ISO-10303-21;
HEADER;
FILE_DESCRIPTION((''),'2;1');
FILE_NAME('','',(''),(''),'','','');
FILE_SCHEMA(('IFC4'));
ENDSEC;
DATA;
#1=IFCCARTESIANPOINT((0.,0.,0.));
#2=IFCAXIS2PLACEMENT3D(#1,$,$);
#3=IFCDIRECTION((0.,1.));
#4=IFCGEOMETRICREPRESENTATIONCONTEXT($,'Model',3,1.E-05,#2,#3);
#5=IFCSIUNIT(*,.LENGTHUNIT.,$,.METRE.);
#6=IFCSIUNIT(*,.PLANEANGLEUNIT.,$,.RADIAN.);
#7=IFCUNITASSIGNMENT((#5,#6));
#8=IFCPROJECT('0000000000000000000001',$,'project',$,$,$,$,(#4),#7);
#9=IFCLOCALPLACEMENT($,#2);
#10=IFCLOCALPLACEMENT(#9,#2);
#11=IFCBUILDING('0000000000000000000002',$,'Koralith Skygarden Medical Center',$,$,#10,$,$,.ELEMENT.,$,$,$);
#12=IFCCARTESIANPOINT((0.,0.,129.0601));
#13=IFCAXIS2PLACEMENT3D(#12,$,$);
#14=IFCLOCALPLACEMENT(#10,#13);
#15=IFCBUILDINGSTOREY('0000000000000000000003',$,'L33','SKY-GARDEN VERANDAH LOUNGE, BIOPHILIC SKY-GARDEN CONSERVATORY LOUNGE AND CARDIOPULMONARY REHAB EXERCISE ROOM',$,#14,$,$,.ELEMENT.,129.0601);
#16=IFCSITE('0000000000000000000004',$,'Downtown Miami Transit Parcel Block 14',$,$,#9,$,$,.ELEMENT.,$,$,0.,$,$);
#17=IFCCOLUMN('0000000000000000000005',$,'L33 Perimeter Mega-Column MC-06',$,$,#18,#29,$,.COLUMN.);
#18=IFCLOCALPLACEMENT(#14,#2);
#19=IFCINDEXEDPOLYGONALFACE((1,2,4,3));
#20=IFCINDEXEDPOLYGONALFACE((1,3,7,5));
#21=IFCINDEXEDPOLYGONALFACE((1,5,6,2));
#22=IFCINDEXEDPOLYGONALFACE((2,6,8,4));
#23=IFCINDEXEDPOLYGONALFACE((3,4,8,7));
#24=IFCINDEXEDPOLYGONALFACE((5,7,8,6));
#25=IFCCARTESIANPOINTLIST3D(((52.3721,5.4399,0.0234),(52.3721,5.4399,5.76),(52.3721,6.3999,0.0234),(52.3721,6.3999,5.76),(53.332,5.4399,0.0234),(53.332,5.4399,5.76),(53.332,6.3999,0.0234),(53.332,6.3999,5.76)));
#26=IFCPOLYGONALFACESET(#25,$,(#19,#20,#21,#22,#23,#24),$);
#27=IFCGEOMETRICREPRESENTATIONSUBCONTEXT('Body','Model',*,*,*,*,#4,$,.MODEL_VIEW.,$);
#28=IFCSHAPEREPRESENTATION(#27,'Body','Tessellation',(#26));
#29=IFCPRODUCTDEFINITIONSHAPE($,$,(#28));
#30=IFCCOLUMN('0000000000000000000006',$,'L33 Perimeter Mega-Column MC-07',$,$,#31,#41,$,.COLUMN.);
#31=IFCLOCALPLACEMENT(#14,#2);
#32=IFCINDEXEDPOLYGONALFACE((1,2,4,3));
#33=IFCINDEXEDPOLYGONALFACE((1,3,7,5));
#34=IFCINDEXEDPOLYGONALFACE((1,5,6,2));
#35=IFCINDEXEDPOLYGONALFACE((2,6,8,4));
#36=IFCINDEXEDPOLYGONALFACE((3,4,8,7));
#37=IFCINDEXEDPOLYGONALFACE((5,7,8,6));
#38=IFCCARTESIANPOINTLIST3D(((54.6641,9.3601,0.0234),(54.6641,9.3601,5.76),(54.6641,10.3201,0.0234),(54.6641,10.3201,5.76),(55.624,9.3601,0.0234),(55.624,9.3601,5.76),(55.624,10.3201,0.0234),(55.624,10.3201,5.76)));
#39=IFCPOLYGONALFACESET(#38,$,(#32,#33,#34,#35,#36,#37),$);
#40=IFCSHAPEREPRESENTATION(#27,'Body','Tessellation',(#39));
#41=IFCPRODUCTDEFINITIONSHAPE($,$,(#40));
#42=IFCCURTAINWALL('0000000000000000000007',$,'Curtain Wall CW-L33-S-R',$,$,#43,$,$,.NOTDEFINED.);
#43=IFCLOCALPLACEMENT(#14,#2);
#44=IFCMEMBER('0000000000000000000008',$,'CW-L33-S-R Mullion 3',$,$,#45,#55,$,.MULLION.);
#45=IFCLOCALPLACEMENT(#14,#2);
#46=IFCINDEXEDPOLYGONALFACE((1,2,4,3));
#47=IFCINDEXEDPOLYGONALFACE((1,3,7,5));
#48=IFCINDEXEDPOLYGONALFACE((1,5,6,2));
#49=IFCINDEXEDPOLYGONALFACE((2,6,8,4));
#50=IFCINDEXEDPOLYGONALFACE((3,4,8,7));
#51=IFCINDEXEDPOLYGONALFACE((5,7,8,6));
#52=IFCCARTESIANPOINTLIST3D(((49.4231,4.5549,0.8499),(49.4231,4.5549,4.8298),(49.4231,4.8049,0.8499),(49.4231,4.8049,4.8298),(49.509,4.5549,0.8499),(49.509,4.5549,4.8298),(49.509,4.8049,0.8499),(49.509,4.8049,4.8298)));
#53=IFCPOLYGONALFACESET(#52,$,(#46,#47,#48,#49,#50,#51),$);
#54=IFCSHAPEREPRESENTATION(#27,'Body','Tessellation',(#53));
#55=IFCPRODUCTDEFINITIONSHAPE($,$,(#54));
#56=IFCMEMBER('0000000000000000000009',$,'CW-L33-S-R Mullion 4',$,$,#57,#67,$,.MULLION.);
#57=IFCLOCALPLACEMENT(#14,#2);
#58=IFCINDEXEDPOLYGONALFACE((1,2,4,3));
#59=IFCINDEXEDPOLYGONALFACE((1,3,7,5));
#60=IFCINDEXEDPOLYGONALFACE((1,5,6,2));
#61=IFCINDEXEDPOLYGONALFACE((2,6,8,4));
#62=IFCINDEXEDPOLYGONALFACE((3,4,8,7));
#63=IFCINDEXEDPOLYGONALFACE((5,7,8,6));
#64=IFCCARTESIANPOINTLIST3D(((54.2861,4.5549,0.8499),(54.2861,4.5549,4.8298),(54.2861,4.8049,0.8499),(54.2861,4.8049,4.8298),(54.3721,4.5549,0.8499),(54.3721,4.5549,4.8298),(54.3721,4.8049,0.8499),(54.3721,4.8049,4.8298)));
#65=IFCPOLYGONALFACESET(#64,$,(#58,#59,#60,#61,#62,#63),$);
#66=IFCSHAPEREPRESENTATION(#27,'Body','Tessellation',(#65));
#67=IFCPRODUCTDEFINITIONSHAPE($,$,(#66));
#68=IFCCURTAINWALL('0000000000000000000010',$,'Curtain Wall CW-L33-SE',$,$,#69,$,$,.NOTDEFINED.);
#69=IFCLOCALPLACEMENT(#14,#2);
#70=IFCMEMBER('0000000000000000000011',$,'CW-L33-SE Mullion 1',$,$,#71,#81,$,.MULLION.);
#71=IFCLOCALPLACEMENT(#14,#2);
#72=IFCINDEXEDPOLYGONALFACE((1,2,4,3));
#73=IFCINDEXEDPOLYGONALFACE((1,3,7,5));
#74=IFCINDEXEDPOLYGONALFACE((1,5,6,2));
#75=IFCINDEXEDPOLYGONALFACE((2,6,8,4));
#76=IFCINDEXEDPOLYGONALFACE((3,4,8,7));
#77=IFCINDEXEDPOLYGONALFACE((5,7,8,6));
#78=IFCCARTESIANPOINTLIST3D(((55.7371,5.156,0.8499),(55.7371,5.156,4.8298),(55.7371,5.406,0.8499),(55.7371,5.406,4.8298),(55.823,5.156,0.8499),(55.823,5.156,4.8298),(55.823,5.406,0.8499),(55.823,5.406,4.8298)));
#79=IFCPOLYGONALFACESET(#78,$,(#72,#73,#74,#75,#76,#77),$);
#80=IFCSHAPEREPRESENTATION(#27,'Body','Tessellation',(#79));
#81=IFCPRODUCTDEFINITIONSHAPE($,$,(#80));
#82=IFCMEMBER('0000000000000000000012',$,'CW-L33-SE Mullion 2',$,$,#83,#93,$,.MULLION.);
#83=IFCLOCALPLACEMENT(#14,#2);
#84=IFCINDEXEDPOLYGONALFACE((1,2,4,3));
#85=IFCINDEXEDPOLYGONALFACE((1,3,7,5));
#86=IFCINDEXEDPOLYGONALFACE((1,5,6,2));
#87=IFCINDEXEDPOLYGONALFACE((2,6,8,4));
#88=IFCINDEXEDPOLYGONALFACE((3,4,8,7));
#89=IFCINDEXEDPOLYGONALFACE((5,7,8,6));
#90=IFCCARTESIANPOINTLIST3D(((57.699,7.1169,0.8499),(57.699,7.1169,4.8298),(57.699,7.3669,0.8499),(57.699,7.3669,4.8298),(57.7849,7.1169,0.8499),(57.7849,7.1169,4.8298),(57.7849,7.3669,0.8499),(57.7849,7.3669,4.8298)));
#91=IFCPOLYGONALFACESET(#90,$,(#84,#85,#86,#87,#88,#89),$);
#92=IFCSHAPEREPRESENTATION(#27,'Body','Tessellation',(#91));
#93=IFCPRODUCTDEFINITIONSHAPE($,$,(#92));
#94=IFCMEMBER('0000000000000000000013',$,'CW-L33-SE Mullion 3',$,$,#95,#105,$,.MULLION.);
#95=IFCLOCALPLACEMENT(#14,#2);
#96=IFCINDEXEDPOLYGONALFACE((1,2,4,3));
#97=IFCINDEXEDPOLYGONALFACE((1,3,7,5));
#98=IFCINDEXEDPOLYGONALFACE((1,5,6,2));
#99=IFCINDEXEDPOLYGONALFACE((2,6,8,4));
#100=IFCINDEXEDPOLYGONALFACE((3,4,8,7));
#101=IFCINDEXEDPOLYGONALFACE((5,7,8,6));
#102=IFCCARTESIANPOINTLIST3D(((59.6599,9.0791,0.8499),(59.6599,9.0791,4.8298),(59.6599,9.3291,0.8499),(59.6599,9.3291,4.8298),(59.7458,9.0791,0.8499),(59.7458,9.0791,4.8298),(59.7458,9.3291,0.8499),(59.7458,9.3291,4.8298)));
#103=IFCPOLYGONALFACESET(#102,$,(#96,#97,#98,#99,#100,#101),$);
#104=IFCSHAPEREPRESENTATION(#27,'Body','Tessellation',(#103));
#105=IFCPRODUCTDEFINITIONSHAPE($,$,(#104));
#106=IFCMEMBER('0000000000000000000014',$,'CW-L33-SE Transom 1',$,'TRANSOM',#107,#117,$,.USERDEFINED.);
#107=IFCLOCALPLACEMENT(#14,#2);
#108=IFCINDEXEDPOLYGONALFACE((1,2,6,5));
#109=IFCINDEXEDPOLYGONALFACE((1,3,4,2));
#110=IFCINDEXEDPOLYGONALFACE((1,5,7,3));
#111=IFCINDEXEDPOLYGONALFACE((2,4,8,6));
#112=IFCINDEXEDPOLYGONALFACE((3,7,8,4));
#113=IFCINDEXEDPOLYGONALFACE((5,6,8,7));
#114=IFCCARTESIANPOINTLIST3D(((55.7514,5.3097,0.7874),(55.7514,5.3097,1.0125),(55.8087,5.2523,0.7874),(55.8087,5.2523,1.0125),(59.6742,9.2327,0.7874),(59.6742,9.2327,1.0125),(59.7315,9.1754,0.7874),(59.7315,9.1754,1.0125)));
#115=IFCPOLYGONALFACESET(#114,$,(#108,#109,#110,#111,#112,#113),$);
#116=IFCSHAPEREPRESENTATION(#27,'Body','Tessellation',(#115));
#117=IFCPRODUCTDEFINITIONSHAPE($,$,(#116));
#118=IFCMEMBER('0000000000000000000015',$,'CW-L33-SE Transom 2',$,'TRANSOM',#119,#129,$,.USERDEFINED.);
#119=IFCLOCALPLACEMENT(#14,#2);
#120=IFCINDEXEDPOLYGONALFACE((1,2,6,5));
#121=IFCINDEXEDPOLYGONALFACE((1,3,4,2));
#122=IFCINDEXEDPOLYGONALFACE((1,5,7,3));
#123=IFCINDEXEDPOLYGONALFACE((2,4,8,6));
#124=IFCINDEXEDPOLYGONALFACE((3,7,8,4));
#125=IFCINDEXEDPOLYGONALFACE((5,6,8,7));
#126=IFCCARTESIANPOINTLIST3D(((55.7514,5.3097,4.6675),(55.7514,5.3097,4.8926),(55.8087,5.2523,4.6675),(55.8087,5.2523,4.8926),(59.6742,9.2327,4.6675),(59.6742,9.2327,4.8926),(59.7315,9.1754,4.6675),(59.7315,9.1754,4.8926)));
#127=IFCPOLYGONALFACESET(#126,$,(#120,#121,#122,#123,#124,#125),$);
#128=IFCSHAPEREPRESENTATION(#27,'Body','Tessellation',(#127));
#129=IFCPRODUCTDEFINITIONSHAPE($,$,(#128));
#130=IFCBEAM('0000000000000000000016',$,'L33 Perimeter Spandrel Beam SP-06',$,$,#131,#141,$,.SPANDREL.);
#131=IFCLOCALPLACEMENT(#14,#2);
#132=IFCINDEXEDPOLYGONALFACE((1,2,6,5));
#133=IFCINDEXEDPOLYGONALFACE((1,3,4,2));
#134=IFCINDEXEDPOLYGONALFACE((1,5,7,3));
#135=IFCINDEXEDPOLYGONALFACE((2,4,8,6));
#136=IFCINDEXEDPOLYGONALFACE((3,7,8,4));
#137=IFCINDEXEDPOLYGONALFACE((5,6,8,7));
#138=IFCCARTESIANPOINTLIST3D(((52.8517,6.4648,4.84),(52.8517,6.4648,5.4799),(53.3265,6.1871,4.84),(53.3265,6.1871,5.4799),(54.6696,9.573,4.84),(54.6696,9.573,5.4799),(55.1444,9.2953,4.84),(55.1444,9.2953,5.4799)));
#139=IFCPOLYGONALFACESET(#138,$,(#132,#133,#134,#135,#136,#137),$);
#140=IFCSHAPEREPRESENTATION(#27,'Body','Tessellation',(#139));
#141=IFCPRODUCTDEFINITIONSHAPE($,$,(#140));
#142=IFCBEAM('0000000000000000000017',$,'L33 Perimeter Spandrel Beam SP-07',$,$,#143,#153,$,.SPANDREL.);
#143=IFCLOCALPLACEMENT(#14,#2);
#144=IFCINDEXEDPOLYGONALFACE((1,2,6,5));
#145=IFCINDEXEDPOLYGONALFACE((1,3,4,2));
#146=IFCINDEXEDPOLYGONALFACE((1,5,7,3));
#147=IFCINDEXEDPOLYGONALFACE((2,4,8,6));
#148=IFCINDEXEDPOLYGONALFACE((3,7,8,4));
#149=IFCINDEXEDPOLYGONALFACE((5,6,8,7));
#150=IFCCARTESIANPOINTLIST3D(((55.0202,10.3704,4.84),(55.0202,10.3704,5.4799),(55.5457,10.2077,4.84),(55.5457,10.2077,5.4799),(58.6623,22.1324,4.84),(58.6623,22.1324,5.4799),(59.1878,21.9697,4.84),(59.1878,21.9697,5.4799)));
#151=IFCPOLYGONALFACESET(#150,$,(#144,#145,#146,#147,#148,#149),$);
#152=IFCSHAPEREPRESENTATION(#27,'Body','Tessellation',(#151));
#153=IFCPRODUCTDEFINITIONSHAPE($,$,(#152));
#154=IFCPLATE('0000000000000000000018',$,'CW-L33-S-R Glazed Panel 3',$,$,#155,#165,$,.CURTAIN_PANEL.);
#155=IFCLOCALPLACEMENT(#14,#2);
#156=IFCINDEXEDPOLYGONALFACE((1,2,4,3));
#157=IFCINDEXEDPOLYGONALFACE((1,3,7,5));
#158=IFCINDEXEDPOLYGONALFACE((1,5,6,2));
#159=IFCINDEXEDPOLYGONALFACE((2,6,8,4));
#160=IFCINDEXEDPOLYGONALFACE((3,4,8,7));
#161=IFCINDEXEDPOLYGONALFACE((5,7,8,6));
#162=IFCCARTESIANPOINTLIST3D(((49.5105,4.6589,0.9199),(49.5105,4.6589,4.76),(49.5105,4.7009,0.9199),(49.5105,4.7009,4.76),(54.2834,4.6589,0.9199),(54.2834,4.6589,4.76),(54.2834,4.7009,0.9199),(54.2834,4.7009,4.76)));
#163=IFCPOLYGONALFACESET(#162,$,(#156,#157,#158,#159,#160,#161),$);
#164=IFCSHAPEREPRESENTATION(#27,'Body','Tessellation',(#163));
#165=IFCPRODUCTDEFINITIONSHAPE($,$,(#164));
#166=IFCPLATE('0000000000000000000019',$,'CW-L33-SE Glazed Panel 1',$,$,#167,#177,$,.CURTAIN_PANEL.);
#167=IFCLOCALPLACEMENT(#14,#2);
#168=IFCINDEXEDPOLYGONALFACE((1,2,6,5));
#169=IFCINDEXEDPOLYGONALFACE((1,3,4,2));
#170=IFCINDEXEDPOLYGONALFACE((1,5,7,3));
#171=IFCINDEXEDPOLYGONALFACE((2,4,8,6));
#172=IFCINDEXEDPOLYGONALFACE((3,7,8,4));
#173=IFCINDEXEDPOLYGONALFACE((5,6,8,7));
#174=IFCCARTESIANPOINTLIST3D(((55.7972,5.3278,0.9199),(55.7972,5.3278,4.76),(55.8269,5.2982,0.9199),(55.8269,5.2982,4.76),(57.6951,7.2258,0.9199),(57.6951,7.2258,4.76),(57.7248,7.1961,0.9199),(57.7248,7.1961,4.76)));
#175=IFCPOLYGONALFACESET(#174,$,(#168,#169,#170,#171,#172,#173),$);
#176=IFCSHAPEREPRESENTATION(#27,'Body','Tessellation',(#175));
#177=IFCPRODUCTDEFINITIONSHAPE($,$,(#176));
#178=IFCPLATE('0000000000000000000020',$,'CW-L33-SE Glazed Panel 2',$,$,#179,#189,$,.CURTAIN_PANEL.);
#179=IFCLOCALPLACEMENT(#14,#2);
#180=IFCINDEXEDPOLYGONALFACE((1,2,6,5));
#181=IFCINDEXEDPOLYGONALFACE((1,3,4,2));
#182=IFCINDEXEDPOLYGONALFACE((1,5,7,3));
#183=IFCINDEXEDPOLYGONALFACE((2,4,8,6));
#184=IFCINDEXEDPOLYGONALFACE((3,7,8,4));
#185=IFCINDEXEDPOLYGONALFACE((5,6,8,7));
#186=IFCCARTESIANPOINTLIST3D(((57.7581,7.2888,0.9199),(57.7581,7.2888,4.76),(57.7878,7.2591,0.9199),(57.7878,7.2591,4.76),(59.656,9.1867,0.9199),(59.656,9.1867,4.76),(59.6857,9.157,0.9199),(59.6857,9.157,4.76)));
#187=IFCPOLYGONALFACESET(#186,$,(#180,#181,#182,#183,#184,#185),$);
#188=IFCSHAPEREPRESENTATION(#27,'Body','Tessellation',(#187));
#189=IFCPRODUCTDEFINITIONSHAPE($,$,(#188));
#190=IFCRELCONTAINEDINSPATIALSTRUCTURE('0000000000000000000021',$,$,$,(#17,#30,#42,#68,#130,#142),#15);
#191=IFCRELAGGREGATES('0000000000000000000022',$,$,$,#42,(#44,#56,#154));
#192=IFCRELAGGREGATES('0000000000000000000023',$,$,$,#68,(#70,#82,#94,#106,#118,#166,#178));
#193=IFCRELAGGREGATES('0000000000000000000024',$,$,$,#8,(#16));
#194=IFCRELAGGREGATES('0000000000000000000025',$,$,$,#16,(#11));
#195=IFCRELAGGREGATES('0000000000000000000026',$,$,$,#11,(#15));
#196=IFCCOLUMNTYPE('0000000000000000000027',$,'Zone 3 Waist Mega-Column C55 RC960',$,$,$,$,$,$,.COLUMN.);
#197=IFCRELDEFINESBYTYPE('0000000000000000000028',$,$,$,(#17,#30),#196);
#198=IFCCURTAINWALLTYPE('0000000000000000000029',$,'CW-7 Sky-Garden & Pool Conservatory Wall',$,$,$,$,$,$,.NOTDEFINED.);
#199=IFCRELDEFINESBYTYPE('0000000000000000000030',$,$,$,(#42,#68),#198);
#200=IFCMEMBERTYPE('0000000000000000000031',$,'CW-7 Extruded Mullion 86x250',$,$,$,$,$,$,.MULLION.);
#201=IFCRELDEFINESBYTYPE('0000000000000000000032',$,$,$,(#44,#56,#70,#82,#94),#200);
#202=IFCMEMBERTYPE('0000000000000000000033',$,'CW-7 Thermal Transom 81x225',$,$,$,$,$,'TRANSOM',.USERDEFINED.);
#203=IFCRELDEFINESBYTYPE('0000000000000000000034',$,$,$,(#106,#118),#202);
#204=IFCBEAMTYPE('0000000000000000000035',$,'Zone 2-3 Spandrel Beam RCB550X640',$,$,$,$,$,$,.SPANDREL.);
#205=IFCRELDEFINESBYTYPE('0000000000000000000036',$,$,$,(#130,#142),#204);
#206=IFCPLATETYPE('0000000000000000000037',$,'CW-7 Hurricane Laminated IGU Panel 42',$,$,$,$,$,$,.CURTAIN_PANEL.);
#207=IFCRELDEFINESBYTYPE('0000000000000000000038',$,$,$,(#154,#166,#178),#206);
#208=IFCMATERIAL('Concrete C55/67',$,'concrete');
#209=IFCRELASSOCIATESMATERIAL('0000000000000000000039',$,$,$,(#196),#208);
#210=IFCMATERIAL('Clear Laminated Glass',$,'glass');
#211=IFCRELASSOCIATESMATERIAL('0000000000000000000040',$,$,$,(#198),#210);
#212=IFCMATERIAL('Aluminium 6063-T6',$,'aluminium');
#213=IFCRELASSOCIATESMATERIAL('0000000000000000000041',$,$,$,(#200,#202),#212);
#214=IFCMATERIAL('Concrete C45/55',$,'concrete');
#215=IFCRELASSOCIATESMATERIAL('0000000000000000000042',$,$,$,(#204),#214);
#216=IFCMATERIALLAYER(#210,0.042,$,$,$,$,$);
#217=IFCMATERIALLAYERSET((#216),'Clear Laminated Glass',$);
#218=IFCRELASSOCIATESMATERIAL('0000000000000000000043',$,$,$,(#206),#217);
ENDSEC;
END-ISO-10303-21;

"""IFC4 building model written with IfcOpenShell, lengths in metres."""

from ifc_helpers import new_model, si_unit, direction, frame, origin, origin_2d, place, context, subcontext, project, spatial, rectangle, extrude, material, layer, layer_set, material_profile, profile_set, type_object, element, aggregate, save


model = new_model("IFC4")

# Units and contexts
model_context = context("Model", 3, precision=1e-05, world=origin(), true_north=direction((0.0, 1.0)))
body_context = subcontext(model_context, "Body", "Model", "MODEL_VIEW")
ifc_project = project(units=[si_unit("LENGTHUNIT", "METRE"), si_unit("PLANEANGLEUNIT", "RADIAN")], contexts=[model_context])

# Site, building, storey
site_placement = place(None, origin())
site = spatial("IfcSite", under=ifc_project, at=site_placement, Name="Downtown Miami Transit Parcel Block 14", CompositionType="ELEMENT", RefElevation=0.0)
building_placement = place(site_placement, origin())
building = spatial("IfcBuilding", under=site, at=building_placement, Name="Koralith Skygarden Medical Center", CompositionType="ELEMENT")
storey_placement = place(building_placement, frame((0.0, 0.0, 129.0601)))
storey = spatial("IfcBuildingStorey", under=building, at=storey_placement, Name="L33", Description="SKY-GARDEN VERANDAH LOUNGE, BIOPHILIC SKY-GARDEN CONSERVATORY LOUNGE AND CARDIOPULMONARY REHAB EXERCISE ROOM", CompositionType="ELEMENT", Elevation=129.0601)

# Columns
ifc_material_1 = material(Name="Concrete C55/67", Category="concrete")
ifc_material_profile_1 = material_profile(ifc_material_1, rectangle(XDim=0.96, YDim=0.96, at=origin_2d()), Name="RC960X960")
ifc_profile_set_1 = profile_set([ifc_material_profile_1], Name="Concrete C55/67")
column_type = type_object("IfcColumnType", Name="Zone 3 Waist Mega-Column C55 RC960", PredefinedType="COLUMN", material=ifc_profile_set_1)
for number, where, z_axis, x_axis, name in (
    (1, (52.8521, 5.9199, 0.0234), (0.0, 0.0, 1.0), (1.0, 0.0, 0.0), "L33 Perimeter Mega-Column MC-06"),
    (2, (55.144, 9.8401, 0.0234), (0.0, 0.0, 1.0), (1.0, 0.0, 0.0), "L33 Perimeter Mega-Column MC-07"),
):
    element("IfcColumn", number, at=place(storey_placement, frame(where, z_axis=z_axis, x_axis=x_axis)), inside=storey, type_object=column_type, Name=name, PredefinedType="COLUMN", context=body_context, shape_type="SweptSolid", body=[
        extrude(rectangle(XDim=0.96, YDim=0.96, at=origin_2d()), origin(), (0.0, 0.0, 1.0), 5.7366),
    ])

# Curtain walls, members
ifc_material_2 = material(Name="Clear Laminated Glass", Category="glass")
curtain_wall_type = type_object("IfcCurtainWallType", Name="CW-7 Sky-Garden & Pool Conservatory Wall", PredefinedType="NOTDEFINED", material=ifc_material_2)
curtain_wall_1_placement = place(storey_placement, origin())
curtain_wall_1 = element("IfcCurtainWall", 3, at=curtain_wall_1_placement, inside=storey, type_object=curtain_wall_type, Name="Curtain Wall CW-L33-S-R", PredefinedType="NOTDEFINED")
ifc_material_3 = material(Name="Aluminium 6063-T6", Category="aluminium")
ifc_material_profile_2 = material_profile(ifc_material_3, rectangle(XDim=0.0859, YDim=0.25, at=origin_2d()), Name="MUL86X250")
ifc_profile_set_2 = profile_set([ifc_material_profile_2], Name="Aluminium 6063-T6")
member_type_1 = type_object("IfcMemberType", Name="CW-7 Extruded Mullion 86x250", PredefinedType="MULLION", material=ifc_profile_set_2)
member_1_placement = place(storey_placement, frame((49.4661, 4.6799, 0.8499), z_axis=(0.0, 0.0, 1.0), x_axis=(1.0, 0.0, 0.0)))
member_1 = element("IfcMember", 4, at=member_1_placement, type_object=member_type_1, Name="CW-L33-S-R Mullion 3", PredefinedType="MULLION", context=body_context, shape_type="SweptSolid", body=[
    extrude(rectangle(XDim=0.0859, YDim=0.25, at=origin_2d()), origin(), (0.0, 0.0, 1.0), 3.98),
])
member_2_placement = place(storey_placement, frame((54.3291, 4.6799, 0.8499), z_axis=(0.0, 0.0, 1.0), x_axis=(1.0, 0.0, 0.0)))
member_2 = element("IfcMember", 5, at=member_2_placement, type_object=member_type_1, Name="CW-L33-S-R Mullion 4", PredefinedType="MULLION", context=body_context, shape_type="SweptSolid", body=[
    extrude(rectangle(XDim=0.0859, YDim=0.25, at=origin_2d()), origin(), (0.0, 0.0, 1.0), 3.98),
])
curtain_wall_2_placement = place(storey_placement, origin())
curtain_wall_2 = element("IfcCurtainWall", 6, at=curtain_wall_2_placement, inside=storey, type_object=curtain_wall_type, Name="Curtain Wall CW-L33-SE", PredefinedType="NOTDEFINED")
member_3_placement = place(storey_placement, frame((55.78, 5.281, 0.8499), z_axis=(0.0, 0.0, 1.0), x_axis=(1.0, 0.0, 0.0)))
member_3 = element("IfcMember", 7, at=member_3_placement, type_object=member_type_1, Name="CW-L33-SE Mullion 1", PredefinedType="MULLION", context=body_context, shape_type="SweptSolid", body=[
    extrude(rectangle(XDim=0.0859, YDim=0.25, at=origin_2d()), origin(), (0.0, 0.0, 1.0), 3.98),
])
member_4_placement = place(storey_placement, frame((57.7419, 7.2419, 0.8499), z_axis=(0.0, 0.0, 1.0), x_axis=(1.0, 0.0, 0.0)))
member_4 = element("IfcMember", 8, at=member_4_placement, type_object=member_type_1, Name="CW-L33-SE Mullion 2", PredefinedType="MULLION", context=body_context, shape_type="SweptSolid", body=[
    extrude(rectangle(XDim=0.0859, YDim=0.25, at=origin_2d()), origin(), (0.0, 0.0, 1.0), 3.98),
])
member_5_placement = place(storey_placement, frame((59.7029, 9.2041, 0.8499), z_axis=(0.0, 0.0, 1.0), x_axis=(1.0, 0.0, 0.0)))
member_5 = element("IfcMember", 9, at=member_5_placement, type_object=member_type_1, Name="CW-L33-SE Mullion 3", PredefinedType="MULLION", context=body_context, shape_type="SweptSolid", body=[
    extrude(rectangle(XDim=0.0859, YDim=0.25, at=origin_2d()), origin(), (0.0, 0.0, 1.0), 3.98),
])
ifc_material_profile_3 = material_profile(ifc_material_3, rectangle(XDim=0.0811, YDim=0.2251, at=origin_2d()), Name="TRN81X225")
ifc_profile_set_3 = profile_set([ifc_material_profile_3], Name="Aluminium 6063-T6")
member_type_2 = type_object("IfcMemberType", Name="CW-7 Thermal Transom 81x225", ElementType="TRANSOM", PredefinedType="USERDEFINED", material=ifc_profile_set_3)
member_6_placement = place(storey_placement, frame((55.78, 5.281, 0.8999), z_axis=(0.707085, 0.707129, 0.0), x_axis=(-0.707129, 0.707085, 0.0)))
member_6 = element("IfcMember", 10, at=member_6_placement, type_object=member_type_2, Name="CW-L33-SE Transom 1", ObjectType="TRANSOM", PredefinedType="USERDEFINED", context=body_context, shape_type="SweptSolid", body=[
    extrude(rectangle(XDim=0.0811, YDim=0.2251, at=origin_2d()), origin(), (0.0, 0.0, 1.0), 5.5479),
])
member_7_placement = place(storey_placement, frame((55.78, 5.281, 4.78), z_axis=(0.707085, 0.707129, 0.0), x_axis=(-0.707129, 0.707085, 0.0)))
member_7 = element("IfcMember", 11, at=member_7_placement, type_object=member_type_2, Name="CW-L33-SE Transom 2", ObjectType="TRANSOM", PredefinedType="USERDEFINED", context=body_context, shape_type="SweptSolid", body=[
    extrude(rectangle(XDim=0.0811, YDim=0.2251, at=origin_2d()), origin(), (0.0, 0.0, 1.0), 5.5479),
])

# Beams
ifc_material_4 = material(Name="Concrete C45/55", Category="concrete")
ifc_material_profile_4 = material_profile(ifc_material_4, rectangle(XDim=0.55, YDim=0.6399, at=origin_2d()), Name="RCB550X640")
ifc_profile_set_4 = profile_set([ifc_material_profile_4], Name="Concrete C45/55")
beam_type = type_object("IfcBeamType", Name="Zone 2-3 Spandrel Beam RCB550X640", PredefinedType="SPANDREL", material=ifc_profile_set_4)
beam_1_placement = place(storey_placement, frame((53.0891, 6.3259, 5.1599), z_axis=(0.504861, 0.8632, 0.0), x_axis=(-0.8632, 0.504861, 0.0)))
element("IfcBeam", 12, at=beam_1_placement, inside=storey, type_object=beam_type, Name="L33 Perimeter Spandrel Beam SP-06", PredefinedType="SPANDREL", context=body_context, shape_type="SweptSolid", body=[
    extrude(rectangle(XDim=0.55, YDim=0.6399, at=origin_2d()), origin(), (0.0, 0.0, 1.0), 3.6008),
])
beam_2_placement = place(storey_placement, frame((55.283, 10.2891, 5.1599), z_axis=(0.295794, 0.955252, 0.0), x_axis=(-0.955252, 0.295794, 0.0)))
element("IfcBeam", 13, at=beam_2_placement, inside=storey, type_object=beam_type, Name="L33 Perimeter Spandrel Beam SP-07", PredefinedType="SPANDREL", context=body_context, shape_type="SweptSolid", body=[
    extrude(rectangle(XDim=0.55, YDim=0.6399, at=origin_2d()), origin(), (0.0, 0.0, 1.0), 12.313),
])

# Plates
ifc_layer_1 = layer(ifc_material_2, 0.042)
ifc_layer_set_1 = layer_set([ifc_layer_1], Name="Clear Laminated Glass")
plate_type_1 = type_object("IfcPlateType", Name="CW-7 Hurricane Laminated IGU Panel 42", PredefinedType="CURTAIN_PANEL", material=ifc_layer_set_1)
plate_1_placement = place(storey_placement, frame((51.897, 4.6799, 0.9199), z_axis=(0.0, 0.0, 1.0), x_axis=(1.0, 0.0, 0.0)))
plate_1 = element("IfcPlate", 14, at=plate_1_placement, type_object=plate_type_1, Name="CW-L33-S-R Glazed Panel 3", PredefinedType="CURTAIN_PANEL", context=body_context, shape_type="SweptSolid", body=[
    extrude(rectangle(XDim=4.7729, YDim=0.042, at=origin_2d()), origin(), (0.0, 0.0, 1.0), 3.8401),
])
aggregate(curtain_wall_1, [member_1, member_2, plate_1])
plate_2_placement = place(storey_placement, frame((56.761, 6.262, 0.9199), z_axis=(0.0, 0.0, 1.0), x_axis=(0.707107, 0.707107, 0.0)))
plate_2 = element("IfcPlate", 15, at=plate_2_placement, type_object=plate_type_1, Name="CW-L33-SE Glazed Panel 1", PredefinedType="CURTAIN_PANEL", context=body_context, shape_type="SweptSolid", body=[
    extrude(rectangle(XDim=2.6841, YDim=0.042, at=origin_2d()), origin(), (0.0, 0.0, 1.0), 3.8401),
])
plate_3_placement = place(storey_placement, frame((58.7219, 8.2229, 0.9199), z_axis=(0.0, 0.0, 1.0), x_axis=(0.707107, 0.707107, 0.0)))
plate_3 = element("IfcPlate", 16, at=plate_3_placement, type_object=plate_type_1, Name="CW-L33-SE Glazed Panel 2", PredefinedType="CURTAIN_PANEL", context=body_context, shape_type="SweptSolid", body=[
    extrude(rectangle(XDim=2.6841, YDim=0.042, at=origin_2d()), origin(), (0.0, 0.0, 1.0), 3.8401),
])
aggregate(curtain_wall_2, [member_3, member_4, member_5, member_6, member_7, plate_2, plate_3])

save(model, "model.ifc")
